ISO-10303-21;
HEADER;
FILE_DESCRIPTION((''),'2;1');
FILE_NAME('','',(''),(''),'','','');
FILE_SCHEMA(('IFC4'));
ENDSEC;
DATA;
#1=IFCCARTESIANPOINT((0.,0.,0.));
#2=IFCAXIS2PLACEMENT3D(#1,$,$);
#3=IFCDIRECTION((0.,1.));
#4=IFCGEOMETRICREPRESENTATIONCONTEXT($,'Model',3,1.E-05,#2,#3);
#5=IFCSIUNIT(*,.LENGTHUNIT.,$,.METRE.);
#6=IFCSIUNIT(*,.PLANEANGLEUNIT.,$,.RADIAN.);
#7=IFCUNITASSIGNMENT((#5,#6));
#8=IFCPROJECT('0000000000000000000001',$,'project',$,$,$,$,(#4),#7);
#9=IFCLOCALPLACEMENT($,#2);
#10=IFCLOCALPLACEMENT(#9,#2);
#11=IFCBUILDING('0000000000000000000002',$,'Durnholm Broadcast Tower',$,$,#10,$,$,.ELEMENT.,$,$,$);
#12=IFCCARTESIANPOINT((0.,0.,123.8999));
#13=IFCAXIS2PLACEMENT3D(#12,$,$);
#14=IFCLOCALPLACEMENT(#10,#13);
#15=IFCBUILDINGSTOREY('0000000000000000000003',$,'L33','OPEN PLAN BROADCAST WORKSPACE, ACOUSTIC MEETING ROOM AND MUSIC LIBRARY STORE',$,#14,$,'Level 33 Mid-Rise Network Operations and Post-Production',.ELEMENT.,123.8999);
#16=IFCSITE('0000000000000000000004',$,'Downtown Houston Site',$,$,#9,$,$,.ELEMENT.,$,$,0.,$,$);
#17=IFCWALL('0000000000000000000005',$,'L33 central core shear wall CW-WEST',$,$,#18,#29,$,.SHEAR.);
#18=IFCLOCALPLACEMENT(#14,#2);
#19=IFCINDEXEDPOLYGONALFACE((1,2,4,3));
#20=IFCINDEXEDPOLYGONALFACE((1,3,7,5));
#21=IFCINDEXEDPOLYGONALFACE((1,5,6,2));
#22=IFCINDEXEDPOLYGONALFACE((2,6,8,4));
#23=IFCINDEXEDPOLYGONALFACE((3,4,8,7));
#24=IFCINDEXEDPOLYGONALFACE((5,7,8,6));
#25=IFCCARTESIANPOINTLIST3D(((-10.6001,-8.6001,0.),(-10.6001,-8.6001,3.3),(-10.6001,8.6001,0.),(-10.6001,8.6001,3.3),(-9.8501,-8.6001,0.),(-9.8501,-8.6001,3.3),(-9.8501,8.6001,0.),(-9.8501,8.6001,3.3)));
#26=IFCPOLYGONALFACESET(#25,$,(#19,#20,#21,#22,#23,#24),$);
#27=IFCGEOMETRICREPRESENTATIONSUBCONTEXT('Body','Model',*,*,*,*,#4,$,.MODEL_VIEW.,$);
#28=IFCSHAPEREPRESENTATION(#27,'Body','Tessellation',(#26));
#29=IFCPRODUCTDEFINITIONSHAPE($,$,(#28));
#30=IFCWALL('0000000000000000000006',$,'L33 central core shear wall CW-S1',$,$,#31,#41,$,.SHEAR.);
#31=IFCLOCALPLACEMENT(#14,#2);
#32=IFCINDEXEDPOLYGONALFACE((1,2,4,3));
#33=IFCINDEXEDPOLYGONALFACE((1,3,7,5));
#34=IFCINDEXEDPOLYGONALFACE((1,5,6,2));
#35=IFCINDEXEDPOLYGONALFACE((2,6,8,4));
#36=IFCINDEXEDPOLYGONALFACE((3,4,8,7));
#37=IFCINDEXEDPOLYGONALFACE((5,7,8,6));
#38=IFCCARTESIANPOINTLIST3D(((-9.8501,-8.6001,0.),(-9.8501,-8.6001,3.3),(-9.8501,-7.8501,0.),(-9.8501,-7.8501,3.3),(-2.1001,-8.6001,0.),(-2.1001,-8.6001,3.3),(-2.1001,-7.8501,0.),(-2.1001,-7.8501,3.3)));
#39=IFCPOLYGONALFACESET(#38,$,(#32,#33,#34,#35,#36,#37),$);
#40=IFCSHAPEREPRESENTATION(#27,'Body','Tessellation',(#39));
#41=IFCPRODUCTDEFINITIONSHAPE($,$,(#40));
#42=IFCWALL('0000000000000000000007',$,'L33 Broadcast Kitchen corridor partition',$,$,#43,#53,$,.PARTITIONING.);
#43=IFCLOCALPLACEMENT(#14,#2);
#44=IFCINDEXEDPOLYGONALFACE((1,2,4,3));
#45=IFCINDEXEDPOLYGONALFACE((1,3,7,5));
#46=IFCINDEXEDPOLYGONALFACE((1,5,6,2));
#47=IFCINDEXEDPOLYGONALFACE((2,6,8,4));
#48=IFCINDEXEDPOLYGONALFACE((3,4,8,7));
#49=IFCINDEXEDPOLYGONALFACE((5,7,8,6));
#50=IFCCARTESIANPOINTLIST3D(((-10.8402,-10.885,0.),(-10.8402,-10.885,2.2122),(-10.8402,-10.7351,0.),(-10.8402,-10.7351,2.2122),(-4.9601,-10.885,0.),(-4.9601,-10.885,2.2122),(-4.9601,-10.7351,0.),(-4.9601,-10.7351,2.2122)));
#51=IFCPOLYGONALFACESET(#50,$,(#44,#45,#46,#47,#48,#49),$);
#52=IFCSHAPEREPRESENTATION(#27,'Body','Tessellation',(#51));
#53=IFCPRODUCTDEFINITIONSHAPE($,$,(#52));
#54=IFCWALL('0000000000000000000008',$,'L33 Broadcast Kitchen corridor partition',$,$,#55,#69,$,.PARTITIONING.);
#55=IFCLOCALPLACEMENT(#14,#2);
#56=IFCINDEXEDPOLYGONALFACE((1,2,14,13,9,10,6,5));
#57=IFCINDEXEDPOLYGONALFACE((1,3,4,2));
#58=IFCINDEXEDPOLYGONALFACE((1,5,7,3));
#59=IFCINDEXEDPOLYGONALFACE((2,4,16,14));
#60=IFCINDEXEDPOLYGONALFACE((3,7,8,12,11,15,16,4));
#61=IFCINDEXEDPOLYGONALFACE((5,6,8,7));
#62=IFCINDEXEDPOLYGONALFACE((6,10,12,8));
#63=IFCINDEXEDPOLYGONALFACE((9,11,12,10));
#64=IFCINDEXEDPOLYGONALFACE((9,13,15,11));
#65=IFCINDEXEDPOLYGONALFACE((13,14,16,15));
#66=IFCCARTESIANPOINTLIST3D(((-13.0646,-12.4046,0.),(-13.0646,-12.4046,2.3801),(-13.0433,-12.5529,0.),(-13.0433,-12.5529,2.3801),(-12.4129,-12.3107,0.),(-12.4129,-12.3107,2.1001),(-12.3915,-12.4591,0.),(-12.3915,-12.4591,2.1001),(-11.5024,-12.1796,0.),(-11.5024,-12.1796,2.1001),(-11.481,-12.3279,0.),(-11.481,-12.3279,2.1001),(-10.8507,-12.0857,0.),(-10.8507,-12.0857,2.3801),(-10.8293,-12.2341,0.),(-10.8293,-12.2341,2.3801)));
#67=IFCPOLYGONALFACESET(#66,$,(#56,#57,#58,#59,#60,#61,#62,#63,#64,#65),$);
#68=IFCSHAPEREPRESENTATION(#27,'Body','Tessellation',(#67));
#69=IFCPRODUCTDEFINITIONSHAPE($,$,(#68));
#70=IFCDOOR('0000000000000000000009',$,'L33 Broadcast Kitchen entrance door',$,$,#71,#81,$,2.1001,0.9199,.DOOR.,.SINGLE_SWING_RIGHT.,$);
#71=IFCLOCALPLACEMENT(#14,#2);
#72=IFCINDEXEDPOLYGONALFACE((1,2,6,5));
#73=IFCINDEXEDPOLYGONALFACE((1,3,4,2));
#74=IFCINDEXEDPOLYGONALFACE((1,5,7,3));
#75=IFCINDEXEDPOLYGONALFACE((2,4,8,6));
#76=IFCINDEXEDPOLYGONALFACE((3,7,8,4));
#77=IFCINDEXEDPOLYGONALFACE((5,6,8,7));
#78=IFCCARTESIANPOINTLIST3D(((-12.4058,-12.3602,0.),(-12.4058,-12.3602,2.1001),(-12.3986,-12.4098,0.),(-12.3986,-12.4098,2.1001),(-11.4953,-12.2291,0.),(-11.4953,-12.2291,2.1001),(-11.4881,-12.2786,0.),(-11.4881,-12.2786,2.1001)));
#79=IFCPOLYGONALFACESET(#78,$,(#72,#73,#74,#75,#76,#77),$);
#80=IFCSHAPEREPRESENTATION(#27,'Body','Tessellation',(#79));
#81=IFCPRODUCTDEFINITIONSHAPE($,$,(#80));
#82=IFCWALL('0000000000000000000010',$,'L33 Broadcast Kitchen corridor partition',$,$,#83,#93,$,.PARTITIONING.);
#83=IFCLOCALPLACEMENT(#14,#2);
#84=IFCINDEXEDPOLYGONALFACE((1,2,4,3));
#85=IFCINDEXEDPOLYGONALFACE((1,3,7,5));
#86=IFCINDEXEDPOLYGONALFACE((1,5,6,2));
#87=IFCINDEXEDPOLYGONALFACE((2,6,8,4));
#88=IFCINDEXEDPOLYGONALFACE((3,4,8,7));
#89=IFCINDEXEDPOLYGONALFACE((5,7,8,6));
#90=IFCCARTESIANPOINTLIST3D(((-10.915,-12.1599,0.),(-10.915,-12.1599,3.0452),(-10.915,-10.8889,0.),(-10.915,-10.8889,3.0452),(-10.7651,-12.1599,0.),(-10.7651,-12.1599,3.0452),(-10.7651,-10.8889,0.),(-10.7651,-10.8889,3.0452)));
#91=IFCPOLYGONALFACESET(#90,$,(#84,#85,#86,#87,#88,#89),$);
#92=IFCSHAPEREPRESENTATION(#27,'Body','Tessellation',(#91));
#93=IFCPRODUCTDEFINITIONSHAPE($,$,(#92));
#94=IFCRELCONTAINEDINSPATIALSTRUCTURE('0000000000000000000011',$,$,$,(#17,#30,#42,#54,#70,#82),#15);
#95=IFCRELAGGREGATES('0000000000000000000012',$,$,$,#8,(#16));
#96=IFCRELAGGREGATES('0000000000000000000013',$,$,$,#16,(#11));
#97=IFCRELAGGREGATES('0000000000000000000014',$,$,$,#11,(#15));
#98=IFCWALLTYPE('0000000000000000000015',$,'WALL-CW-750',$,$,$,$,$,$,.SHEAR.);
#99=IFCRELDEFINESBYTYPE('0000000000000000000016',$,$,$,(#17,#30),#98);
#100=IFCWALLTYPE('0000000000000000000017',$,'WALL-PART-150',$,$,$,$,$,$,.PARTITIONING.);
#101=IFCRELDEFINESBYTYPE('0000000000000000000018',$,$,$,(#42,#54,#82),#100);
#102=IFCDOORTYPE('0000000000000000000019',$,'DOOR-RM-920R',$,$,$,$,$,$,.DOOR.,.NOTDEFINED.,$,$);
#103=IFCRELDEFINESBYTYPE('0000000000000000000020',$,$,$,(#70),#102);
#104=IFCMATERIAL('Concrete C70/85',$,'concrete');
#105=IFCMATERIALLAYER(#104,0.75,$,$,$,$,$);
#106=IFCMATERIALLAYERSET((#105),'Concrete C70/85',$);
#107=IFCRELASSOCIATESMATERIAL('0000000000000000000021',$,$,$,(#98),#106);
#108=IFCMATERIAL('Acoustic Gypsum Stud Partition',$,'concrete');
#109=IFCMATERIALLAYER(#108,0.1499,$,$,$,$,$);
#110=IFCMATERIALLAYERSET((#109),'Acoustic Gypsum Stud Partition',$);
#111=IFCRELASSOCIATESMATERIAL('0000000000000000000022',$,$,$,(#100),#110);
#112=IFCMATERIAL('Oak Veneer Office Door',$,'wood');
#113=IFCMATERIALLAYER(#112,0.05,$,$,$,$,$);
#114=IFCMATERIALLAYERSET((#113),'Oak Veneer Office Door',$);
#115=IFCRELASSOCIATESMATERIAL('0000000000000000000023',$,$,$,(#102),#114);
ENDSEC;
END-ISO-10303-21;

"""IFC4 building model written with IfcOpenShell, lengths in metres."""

from ifc_helpers import new_model, si_unit, direction, frame, frame_2d, origin, place, context, subcontext, project, spatial, rectangle, extrude, source, transform, mapped, material, layer, layer_set, type_object, type_shapes, element, fill, save


model = new_model("IFC4")

# Units and contexts
model_context = context("Model", 3, precision=1e-05, world=origin(), true_north=direction((0.0, 1.0)))
body_context = subcontext(model_context, "Body", "Model", "MODEL_VIEW")
ifc_project = project(units=[si_unit("LENGTHUNIT", "METRE"), si_unit("PLANEANGLEUNIT", "RADIAN")], contexts=[model_context])

# Site, building, storey
site_placement = place(None, origin())
site = spatial("IfcSite", under=ifc_project, at=site_placement, Name="Downtown Houston Site", CompositionType="ELEMENT", RefElevation=0.0)
building_placement = place(site_placement, origin())
building = spatial("IfcBuilding", under=site, at=building_placement, Name="Durnholm Broadcast Tower", CompositionType="ELEMENT")
storey_placement = place(building_placement, frame((0.0, 0.0, 123.8999)))
storey = spatial("IfcBuildingStorey", under=building, at=storey_placement, Name="L33", Description="OPEN PLAN BROADCAST WORKSPACE, ACOUSTIC MEETING ROOM AND MUSIC LIBRARY STORE", LongName="Level 33 Mid-Rise Network Operations and Post-Production", CompositionType="ELEMENT", Elevation=123.8999)

# Shared definitions
ifc_material_1 = material(Name="Concrete C70/85", Category="concrete")

# Walls
ifc_layer_1 = layer(ifc_material_1, 0.75)
ifc_layer_set_1 = layer_set([ifc_layer_1], Name="Concrete C70/85")
wall_type_1 = type_object("IfcWallType", Name="WALL-CW-750", PredefinedType="SHEAR", material=ifc_layer_set_1)
wall_1_placement = place(storey_placement, frame((-10.2251, -8.6001, 0.0), z_axis=(0.0, 0.0, 1.0), x_axis=(0.0, 1.0, 0.0)))
element("IfcWall", 1, at=wall_1_placement, inside=storey, type_object=wall_type_1, Name="L33 central core shear wall CW-WEST", PredefinedType="SHEAR", context=body_context, shape_type="SweptSolid", body=[
    extrude(rectangle(XDim=17.2002, YDim=0.75, at=frame_2d((8.6001, 0.0))), origin(), (0.0, 0.0, 1.0), 3.3),
])
wall_2_placement = place(storey_placement, frame((-9.8501, -8.2251, 0.0), z_axis=(0.0, 0.0, 1.0), x_axis=(1.0, 0.0, 0.0)))
element("IfcWall", 2, at=wall_2_placement, inside=storey, type_object=wall_type_1, Name="L33 central core shear wall CW-S1", PredefinedType="SHEAR", context=body_context, shape_type="SweptSolid", body=[
    extrude(rectangle(XDim=7.75, YDim=0.75, at=frame_2d((3.875, 0.0))), origin(), (0.0, 0.0, 1.0), 3.3),
])
ifc_material_2 = material(Name="Acoustic Gypsum Stud Partition", Category="concrete")
ifc_layer_2 = layer(ifc_material_2, 0.1499)
ifc_layer_set_2 = layer_set([ifc_layer_2], Name="Acoustic Gypsum Stud Partition")
wall_type_2 = type_object("IfcWallType", Name="WALL-PART-150", PredefinedType="PARTITIONING", material=ifc_layer_set_2)
wall_3_placement = place(storey_placement, frame((-10.8401, -10.8101, 0.0), z_axis=(0.0, 0.0, 1.0), x_axis=(1.0, 0.0, 0.0)))
element("IfcWall", 3, at=wall_3_placement, inside=storey, type_object=wall_type_2, Name="L33 Broadcast Kitchen corridor partition", PredefinedType="PARTITIONING", context=body_context, shape_type="SweptSolid", body=[
    extrude(rectangle(XDim=5.8801, YDim=0.1499, at=frame_2d((2.9399, 0.0))), origin(), (0.0, 0.0, 1.0), 2.2122),
])

# Wall, opening, door
wall_4_placement = place(storey_placement, frame((-13.054, -12.4788, 0.0), z_axis=(0.0, 0.0, 1.0), x_axis=(0.989787, 0.142552, 0.0)))
wall_4 = element("IfcWall", 4, at=wall_4_placement, inside=storey, type_object=wall_type_2, Name="L33 Broadcast Kitchen corridor partition", PredefinedType="PARTITIONING", context=body_context, shape_type="SweptSolid", body=[
    extrude(rectangle(XDim=2.2368, YDim=0.1499, at=frame_2d((1.1184, 0.0))), origin(), (0.0, 0.0, 1.0), 2.3801),
])
opening_placement = place(wall_4_placement, frame((0.6584, 0.0, 0.0)))
opening = element("IfcOpeningElement", 5, at=opening_placement, cuts=wall_4, PredefinedType="OPENING", context=body_context, shape_type="SweptSolid", body=[
    extrude(rectangle(XDim=0.9199, YDim=2.1001, at=frame_2d((0.46, 1.05))), frame((0.0, 0.085, 0.0), z_axis=(0.0, -1.0, 0.0), x_axis=(1.0, 0.0, 0.0)), (0.0, 0.0, 1.0), 0.1699),
])
ifc_material_3 = material(Name="Oak Veneer Office Door", Category="wood")
ifc_layer_3 = layer(ifc_material_3, 0.05)
ifc_layer_set_3 = layer_set([ifc_layer_3], Name="Oak Veneer Office Door")
door_type = type_object("IfcDoorType", Name="DOOR-RM-920R", OperationType="NOTDEFINED", PredefinedType="DOOR", material=ifc_layer_set_3)
shared_shape_1 = source(origin(), body_context, "Body", "SweptSolid", [
    extrude(rectangle(XDim=0.9199, YDim=2.1001, at=frame_2d((0.46, 1.05))), frame((0.0, 0.0249, 0.0), z_axis=(0.0, -1.0, 0.0), x_axis=(1.0, 0.0, 0.0)), (0.0, 0.0, 1.0), 0.05),
])
type_shapes(door_type, [shared_shape_1])
door_placement = place(opening_placement, origin())
door = element("IfcDoor", 6, at=door_placement, inside=storey, type_object=door_type, Name="L33 Broadcast Kitchen entrance door", OperationType="SINGLE_SWING_RIGHT", OverallHeight=2.1001, OverallWidth=0.9199, PredefinedType="DOOR", context=body_context, shape_type="MappedRepresentation", body=[
    mapped(shared_shape_1, transform((0.0, 0.0, 0.0), x_axis=(1.0, 0.0, 0.0), y_axis=(0.0, 1.0, 0.0), z_axis=(0.0, 0.0, 1.0), scale=1.0)),
])
fill(opening, door)

# Wall
wall_5_placement = place(storey_placement, frame((-10.8401, -12.1599, 0.0), z_axis=(0.0, 0.0, 1.0), x_axis=(0.0, 1.0, 0.0)))
element("IfcWall", 7, at=wall_5_placement, inside=storey, type_object=wall_type_2, Name="L33 Broadcast Kitchen corridor partition", PredefinedType="PARTITIONING", context=body_context, shape_type="SweptSolid", body=[
    extrude(rectangle(XDim=1.271, YDim=0.1499, at=frame_2d((0.6355, 0.0))), origin(), (0.0, 0.0, 1.0), 3.0452),
])

save(model, "model.ifc")
